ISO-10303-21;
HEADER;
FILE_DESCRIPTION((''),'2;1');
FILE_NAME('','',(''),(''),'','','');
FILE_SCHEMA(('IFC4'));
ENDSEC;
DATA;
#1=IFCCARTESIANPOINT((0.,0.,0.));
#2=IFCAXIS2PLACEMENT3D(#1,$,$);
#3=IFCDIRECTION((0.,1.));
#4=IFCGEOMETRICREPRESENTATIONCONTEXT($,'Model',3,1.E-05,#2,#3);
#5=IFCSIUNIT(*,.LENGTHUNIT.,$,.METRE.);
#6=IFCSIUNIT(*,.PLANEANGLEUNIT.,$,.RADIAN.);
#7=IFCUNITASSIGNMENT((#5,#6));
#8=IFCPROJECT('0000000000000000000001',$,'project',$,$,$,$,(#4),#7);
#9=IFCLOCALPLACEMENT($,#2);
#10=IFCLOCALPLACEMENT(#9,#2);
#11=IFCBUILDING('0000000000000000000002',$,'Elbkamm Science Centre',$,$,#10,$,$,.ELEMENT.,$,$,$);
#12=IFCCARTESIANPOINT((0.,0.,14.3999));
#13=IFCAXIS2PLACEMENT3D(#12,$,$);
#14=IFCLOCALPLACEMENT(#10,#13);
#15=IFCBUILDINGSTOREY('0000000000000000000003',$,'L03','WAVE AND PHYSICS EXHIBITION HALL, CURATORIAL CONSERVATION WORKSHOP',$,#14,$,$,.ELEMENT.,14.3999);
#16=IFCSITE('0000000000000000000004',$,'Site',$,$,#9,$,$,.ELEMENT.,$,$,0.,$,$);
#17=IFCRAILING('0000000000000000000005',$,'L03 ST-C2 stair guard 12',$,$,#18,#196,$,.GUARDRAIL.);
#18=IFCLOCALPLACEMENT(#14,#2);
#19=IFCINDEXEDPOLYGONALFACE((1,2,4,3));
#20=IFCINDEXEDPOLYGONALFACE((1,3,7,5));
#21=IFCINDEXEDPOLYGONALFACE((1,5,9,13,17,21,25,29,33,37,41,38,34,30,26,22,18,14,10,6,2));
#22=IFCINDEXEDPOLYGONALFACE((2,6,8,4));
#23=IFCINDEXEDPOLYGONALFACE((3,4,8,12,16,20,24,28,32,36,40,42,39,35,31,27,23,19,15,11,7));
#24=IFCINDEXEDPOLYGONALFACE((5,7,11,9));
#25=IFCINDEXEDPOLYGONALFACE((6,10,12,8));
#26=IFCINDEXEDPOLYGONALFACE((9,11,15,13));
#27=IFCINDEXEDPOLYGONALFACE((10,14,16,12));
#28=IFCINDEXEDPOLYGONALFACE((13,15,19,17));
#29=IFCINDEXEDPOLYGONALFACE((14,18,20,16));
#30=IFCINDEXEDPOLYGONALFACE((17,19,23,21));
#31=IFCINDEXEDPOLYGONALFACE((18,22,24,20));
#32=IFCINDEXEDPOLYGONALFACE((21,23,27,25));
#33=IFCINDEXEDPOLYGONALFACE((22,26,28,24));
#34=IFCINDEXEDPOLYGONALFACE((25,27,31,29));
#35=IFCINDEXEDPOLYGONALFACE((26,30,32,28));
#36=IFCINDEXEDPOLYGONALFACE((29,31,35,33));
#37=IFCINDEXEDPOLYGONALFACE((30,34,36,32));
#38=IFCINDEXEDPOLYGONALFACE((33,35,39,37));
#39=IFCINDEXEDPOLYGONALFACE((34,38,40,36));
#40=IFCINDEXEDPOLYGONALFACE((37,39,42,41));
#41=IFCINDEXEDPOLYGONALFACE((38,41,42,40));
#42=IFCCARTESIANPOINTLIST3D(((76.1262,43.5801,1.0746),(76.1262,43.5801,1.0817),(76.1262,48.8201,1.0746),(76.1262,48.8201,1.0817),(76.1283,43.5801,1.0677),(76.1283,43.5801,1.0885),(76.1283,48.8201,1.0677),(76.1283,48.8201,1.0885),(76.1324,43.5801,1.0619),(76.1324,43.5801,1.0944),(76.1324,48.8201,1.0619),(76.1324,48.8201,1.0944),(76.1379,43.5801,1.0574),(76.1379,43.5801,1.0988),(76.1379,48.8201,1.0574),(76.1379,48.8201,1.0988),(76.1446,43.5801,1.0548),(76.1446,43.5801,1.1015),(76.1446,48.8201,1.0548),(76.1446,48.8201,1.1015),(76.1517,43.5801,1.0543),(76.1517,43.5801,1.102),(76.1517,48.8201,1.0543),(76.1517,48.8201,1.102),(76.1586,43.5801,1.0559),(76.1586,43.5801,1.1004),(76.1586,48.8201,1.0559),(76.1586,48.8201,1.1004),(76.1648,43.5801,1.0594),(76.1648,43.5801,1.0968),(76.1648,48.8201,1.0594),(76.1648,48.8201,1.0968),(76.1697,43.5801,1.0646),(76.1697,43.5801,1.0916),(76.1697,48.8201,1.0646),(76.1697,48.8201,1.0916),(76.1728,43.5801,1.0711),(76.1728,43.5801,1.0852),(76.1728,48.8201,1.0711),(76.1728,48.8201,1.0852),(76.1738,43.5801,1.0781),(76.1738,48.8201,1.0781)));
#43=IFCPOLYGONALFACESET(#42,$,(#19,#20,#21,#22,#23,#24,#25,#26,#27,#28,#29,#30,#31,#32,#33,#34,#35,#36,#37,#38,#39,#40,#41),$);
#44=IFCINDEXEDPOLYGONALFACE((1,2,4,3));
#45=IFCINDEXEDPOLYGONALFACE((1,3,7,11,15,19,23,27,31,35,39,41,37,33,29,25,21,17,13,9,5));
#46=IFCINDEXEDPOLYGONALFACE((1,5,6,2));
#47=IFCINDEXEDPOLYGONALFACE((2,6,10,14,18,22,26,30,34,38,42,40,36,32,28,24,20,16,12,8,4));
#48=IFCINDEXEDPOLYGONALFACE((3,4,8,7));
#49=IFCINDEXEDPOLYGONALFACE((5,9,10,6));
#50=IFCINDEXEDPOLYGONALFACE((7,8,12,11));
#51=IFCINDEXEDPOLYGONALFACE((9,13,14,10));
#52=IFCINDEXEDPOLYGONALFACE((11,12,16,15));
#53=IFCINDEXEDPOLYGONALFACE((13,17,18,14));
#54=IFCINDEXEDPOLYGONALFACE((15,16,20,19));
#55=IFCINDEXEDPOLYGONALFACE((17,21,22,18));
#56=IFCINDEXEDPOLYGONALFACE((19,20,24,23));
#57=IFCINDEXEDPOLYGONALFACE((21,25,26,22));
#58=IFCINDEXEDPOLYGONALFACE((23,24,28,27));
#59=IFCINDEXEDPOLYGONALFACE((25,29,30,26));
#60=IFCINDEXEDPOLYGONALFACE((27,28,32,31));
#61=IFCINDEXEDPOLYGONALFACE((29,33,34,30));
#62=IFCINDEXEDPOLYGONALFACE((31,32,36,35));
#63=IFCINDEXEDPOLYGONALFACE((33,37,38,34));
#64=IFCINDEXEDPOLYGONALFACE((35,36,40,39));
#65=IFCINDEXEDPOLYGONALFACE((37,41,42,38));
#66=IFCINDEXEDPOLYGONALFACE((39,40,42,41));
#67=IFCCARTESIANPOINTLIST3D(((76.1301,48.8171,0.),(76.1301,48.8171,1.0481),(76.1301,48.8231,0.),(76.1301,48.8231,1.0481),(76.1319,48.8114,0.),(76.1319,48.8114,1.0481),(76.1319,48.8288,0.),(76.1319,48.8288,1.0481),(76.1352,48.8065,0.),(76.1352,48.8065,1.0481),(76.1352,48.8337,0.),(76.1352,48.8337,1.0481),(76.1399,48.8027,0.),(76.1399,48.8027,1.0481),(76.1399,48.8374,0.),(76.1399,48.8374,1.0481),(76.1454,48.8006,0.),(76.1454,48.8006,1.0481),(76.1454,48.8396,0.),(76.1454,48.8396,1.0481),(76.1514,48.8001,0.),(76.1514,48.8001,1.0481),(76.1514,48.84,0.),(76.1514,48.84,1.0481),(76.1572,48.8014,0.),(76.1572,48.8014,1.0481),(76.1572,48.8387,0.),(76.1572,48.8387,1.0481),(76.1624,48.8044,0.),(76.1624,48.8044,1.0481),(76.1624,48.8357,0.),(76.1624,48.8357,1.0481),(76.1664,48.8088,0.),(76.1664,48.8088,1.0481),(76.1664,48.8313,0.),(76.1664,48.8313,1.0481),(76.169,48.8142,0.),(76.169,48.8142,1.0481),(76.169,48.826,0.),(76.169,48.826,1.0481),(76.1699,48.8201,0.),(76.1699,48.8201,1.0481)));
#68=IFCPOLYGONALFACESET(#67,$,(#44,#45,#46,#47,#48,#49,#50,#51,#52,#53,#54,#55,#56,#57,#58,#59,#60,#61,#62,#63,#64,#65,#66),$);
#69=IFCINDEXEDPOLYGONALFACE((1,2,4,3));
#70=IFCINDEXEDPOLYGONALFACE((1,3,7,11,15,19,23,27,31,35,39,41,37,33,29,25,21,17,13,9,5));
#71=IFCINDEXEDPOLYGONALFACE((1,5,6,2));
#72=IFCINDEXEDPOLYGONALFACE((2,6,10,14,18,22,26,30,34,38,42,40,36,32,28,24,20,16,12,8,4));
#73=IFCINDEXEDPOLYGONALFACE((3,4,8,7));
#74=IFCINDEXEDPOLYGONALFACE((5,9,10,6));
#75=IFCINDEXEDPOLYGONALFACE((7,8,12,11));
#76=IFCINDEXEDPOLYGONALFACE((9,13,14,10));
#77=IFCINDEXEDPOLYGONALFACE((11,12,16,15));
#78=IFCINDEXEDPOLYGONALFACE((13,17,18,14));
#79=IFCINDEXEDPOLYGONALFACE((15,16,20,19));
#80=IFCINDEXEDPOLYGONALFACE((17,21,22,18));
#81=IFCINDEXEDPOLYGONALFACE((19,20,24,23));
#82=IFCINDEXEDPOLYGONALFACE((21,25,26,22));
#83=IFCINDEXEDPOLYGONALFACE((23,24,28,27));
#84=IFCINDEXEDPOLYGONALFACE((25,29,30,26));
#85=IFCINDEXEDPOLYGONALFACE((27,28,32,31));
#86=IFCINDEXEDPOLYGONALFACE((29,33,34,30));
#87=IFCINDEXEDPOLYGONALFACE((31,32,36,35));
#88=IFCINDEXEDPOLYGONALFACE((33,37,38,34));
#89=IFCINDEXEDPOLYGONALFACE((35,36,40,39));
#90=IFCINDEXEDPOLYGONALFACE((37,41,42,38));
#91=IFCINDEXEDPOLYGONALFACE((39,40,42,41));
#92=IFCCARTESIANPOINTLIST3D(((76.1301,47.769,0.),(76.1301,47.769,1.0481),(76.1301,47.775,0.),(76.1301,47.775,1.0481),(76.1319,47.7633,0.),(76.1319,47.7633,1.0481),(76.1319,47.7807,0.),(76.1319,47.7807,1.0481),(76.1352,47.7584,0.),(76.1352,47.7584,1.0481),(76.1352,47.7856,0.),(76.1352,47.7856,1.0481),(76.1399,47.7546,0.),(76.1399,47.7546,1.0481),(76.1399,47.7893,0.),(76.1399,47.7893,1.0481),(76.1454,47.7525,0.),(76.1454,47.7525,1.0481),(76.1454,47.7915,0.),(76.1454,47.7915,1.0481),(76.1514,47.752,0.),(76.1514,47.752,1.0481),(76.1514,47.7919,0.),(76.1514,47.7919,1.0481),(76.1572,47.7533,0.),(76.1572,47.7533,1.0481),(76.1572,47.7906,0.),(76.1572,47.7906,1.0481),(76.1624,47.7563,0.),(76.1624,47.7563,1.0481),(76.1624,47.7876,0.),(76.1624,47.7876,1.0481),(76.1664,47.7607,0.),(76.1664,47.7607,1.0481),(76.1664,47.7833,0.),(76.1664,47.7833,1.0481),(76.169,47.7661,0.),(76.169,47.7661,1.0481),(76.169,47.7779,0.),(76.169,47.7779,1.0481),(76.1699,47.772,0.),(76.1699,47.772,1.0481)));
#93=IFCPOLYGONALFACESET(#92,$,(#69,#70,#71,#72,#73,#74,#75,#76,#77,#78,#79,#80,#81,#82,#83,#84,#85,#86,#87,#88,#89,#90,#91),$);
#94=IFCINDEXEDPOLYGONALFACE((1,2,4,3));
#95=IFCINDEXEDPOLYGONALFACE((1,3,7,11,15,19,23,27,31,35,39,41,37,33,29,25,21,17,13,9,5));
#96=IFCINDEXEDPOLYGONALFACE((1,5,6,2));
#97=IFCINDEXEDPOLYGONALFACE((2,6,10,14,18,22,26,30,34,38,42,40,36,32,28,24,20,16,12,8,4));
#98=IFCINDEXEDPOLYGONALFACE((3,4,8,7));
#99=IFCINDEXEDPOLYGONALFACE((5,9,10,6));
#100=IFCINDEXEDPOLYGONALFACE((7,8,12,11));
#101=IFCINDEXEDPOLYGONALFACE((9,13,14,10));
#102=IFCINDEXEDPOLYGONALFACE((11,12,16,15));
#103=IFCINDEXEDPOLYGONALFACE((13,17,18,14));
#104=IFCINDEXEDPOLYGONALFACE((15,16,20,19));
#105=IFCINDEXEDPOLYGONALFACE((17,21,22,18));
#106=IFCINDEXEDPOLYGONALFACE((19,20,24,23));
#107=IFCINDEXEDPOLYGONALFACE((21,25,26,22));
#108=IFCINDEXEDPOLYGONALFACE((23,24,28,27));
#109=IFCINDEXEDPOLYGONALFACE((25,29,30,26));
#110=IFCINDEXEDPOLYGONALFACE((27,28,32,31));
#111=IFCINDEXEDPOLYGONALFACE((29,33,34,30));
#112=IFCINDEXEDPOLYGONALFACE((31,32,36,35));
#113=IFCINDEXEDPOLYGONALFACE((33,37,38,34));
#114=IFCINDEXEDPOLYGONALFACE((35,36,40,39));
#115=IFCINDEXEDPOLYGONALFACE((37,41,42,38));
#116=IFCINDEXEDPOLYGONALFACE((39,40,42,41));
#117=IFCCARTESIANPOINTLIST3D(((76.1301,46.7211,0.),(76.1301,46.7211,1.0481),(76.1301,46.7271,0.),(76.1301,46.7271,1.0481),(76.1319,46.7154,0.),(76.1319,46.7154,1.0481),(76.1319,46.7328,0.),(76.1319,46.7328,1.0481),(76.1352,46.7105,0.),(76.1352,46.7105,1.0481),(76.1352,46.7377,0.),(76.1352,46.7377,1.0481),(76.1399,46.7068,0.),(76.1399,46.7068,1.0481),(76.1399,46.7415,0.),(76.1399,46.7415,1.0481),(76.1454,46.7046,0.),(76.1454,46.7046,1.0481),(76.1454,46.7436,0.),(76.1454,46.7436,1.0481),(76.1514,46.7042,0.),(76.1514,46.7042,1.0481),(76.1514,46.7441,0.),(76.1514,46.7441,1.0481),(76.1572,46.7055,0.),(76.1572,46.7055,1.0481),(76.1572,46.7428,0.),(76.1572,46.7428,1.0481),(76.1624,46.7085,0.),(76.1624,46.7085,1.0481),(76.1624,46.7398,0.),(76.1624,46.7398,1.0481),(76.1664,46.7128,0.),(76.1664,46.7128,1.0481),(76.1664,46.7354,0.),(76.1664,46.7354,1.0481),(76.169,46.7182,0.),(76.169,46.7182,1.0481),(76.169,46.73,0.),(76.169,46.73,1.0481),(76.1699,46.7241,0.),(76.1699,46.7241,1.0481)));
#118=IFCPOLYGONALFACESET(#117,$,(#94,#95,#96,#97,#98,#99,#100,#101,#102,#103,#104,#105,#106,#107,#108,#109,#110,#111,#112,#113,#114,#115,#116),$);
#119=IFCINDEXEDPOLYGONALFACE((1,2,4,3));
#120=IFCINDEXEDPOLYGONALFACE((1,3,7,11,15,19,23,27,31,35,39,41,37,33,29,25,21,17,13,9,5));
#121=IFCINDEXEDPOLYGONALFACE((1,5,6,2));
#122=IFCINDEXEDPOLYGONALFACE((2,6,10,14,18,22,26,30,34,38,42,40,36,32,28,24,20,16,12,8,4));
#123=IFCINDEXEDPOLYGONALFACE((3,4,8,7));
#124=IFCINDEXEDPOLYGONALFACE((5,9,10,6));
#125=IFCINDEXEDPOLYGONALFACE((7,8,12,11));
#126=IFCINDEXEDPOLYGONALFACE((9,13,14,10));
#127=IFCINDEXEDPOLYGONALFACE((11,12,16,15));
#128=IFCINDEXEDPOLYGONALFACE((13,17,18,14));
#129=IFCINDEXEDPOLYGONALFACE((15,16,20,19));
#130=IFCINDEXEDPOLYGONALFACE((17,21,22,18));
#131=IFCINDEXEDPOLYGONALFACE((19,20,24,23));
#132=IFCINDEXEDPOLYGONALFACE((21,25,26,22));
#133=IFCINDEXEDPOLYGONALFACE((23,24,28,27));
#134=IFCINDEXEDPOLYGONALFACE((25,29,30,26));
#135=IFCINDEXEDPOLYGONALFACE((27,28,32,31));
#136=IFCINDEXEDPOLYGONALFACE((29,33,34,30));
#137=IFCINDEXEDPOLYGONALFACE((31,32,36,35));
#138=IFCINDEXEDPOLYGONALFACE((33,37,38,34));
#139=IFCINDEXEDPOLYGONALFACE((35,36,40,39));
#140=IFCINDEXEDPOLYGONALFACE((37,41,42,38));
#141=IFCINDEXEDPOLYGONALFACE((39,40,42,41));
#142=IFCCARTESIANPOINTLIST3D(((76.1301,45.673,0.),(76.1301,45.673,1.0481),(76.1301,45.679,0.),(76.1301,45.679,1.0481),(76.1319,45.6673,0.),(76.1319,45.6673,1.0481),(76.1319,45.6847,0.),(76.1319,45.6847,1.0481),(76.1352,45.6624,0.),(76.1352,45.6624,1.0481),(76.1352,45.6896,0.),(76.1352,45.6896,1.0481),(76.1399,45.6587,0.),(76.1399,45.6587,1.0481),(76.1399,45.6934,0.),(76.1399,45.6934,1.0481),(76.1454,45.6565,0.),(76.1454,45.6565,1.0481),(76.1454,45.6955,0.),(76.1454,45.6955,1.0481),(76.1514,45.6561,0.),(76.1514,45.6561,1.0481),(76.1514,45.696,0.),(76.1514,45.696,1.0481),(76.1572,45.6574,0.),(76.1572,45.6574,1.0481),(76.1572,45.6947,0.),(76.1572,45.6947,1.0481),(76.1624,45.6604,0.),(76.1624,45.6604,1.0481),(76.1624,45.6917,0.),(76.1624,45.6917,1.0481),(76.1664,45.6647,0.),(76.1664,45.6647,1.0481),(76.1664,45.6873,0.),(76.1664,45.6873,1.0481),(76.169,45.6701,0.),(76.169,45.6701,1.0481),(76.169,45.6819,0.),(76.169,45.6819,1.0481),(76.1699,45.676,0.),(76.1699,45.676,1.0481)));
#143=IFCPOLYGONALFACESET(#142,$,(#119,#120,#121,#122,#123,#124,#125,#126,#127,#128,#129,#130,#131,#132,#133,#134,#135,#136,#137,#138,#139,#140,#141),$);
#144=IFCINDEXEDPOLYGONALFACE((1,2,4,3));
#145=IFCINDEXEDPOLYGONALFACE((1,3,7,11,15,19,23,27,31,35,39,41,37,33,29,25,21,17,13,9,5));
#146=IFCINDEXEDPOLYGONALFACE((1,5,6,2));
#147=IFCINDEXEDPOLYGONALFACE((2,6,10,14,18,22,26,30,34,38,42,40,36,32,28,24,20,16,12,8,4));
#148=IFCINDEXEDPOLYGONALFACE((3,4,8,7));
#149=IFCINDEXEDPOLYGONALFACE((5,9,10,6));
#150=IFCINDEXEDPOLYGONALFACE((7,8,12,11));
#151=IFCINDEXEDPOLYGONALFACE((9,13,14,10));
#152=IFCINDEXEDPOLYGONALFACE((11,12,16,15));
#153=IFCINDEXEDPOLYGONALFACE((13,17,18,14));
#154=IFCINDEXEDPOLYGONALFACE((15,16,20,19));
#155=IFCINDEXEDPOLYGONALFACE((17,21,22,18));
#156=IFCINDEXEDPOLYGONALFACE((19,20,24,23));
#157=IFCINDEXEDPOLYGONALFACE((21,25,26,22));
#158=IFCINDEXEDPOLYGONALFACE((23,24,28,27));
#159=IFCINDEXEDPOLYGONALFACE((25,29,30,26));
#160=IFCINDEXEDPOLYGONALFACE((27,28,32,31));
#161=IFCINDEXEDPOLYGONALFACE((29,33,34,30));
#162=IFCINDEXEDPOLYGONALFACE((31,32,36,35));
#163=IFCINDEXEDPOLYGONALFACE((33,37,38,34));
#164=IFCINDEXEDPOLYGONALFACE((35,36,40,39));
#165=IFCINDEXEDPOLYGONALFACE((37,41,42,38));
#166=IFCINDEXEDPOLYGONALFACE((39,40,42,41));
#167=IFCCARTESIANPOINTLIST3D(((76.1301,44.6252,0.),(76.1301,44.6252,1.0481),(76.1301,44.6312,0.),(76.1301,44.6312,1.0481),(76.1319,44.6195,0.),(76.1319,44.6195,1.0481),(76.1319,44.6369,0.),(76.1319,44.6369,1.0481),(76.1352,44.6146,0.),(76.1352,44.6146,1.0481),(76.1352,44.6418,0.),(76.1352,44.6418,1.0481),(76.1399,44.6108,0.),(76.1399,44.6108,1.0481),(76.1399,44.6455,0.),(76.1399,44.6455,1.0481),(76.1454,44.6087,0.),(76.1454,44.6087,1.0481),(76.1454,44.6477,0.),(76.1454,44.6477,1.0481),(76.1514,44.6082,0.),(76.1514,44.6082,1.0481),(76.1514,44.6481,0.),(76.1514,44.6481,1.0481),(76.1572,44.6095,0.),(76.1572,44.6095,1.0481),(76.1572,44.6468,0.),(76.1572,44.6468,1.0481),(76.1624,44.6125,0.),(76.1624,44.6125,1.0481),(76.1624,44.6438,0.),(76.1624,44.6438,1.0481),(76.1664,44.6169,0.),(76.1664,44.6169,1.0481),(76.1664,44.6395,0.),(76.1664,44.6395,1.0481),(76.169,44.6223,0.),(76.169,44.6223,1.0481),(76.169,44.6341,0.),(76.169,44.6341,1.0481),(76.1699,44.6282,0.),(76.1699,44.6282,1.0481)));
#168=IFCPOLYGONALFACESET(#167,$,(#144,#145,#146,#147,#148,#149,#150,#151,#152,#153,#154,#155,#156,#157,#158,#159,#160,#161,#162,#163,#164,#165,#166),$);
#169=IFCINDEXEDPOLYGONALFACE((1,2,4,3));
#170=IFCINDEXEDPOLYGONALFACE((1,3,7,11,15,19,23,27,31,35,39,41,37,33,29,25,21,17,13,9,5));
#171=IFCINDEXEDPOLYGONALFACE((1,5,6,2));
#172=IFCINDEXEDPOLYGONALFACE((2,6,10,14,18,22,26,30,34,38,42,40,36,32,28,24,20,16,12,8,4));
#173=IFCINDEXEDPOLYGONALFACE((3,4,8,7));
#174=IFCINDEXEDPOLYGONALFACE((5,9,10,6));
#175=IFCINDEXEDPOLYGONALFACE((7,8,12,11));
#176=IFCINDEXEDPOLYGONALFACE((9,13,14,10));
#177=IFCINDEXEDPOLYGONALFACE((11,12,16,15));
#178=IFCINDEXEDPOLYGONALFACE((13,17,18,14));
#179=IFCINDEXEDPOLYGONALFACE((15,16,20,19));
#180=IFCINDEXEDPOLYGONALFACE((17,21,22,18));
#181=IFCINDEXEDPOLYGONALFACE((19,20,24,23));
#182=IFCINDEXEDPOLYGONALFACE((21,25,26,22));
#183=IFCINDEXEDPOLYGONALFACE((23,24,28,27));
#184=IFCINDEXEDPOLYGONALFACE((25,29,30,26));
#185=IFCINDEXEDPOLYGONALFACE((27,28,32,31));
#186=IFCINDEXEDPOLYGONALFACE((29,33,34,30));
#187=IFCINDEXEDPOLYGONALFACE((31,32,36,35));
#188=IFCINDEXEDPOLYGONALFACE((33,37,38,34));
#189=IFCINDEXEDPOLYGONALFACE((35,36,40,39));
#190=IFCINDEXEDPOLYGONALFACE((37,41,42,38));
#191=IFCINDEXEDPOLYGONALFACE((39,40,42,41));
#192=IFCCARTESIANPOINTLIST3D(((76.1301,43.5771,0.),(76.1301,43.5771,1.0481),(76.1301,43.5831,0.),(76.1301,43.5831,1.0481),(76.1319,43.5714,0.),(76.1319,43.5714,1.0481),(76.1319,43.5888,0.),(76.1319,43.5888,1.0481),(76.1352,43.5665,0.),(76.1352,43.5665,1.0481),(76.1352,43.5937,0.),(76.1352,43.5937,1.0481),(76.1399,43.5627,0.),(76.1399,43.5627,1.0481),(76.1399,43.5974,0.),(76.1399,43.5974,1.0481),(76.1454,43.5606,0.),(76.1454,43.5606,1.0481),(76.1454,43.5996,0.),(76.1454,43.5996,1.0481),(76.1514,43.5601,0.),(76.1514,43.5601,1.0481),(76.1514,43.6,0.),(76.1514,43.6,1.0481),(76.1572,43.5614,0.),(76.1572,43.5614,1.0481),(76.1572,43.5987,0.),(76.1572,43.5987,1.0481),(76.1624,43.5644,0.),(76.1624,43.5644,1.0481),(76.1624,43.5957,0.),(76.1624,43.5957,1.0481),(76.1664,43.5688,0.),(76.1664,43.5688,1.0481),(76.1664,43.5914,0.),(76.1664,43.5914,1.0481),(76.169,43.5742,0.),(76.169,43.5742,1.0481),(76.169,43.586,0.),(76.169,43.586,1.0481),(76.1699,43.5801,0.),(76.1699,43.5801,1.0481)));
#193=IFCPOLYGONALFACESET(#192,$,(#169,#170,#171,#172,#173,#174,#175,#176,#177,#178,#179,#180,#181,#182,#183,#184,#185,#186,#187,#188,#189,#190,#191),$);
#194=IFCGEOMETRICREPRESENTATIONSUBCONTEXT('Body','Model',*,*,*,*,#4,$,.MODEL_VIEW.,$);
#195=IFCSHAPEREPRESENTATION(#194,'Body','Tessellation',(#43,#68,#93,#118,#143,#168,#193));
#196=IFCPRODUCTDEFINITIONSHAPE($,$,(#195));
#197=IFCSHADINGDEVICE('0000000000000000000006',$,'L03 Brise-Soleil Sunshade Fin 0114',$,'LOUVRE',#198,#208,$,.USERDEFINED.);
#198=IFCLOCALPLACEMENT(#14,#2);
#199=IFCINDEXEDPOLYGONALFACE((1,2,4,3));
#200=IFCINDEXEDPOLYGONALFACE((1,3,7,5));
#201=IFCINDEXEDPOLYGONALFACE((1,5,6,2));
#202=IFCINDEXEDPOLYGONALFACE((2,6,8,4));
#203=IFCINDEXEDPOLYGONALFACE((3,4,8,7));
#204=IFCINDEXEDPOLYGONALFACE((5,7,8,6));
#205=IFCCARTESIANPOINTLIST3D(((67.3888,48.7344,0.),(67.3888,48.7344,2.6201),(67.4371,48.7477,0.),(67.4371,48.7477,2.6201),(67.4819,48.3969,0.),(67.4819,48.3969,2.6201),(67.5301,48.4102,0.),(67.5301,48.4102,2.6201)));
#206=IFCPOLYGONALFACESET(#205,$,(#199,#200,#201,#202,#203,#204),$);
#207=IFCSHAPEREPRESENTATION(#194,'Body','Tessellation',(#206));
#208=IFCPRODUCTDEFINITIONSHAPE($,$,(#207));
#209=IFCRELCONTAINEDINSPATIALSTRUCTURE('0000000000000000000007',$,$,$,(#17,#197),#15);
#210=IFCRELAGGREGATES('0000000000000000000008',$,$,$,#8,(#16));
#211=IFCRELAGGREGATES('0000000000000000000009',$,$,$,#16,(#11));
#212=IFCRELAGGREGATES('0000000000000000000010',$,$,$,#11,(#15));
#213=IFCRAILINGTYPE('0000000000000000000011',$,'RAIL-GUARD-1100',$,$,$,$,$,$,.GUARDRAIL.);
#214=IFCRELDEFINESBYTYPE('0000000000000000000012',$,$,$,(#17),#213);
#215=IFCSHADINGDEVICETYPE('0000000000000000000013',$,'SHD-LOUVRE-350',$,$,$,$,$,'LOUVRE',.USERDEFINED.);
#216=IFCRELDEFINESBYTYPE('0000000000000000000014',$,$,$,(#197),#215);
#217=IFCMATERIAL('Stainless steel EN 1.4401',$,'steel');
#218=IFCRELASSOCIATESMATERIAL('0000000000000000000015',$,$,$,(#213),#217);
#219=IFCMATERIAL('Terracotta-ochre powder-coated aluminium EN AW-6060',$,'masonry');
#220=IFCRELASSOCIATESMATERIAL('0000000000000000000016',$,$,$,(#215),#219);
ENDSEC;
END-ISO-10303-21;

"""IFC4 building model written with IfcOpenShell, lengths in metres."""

from ifc_helpers import new_model, si_unit, direction, frame, origin, origin_2d, place, context, subcontext, project, spatial, rectangle, circle, extrude, material, type_object, element, save


model = new_model("IFC4")

# Units and contexts
model_context = context("Model", 3, precision=1e-05, world=origin(), true_north=direction((0.0, 1.0)))
body_context = subcontext(model_context, "Body", "Model", "MODEL_VIEW")
ifc_project = project(units=[si_unit("LENGTHUNIT", "METRE"), si_unit("PLANEANGLEUNIT", "RADIAN")], contexts=[model_context])

# Site, building, storey
site_placement = place(None, origin())
site = spatial("IfcSite", under=ifc_project, at=site_placement, Name="Site", CompositionType="ELEMENT", RefElevation=0.0)
building_placement = place(site_placement, origin())
building = spatial("IfcBuilding", under=site, at=building_placement, Name="Elbkamm Science Centre", CompositionType="ELEMENT")
storey_placement = place(building_placement, frame((0.0, 0.0, 14.3999)))
storey = spatial("IfcBuildingStorey", under=building, at=storey_placement, Name="L03", Description="WAVE AND PHYSICS EXHIBITION HALL, CURATORIAL CONSERVATION WORKSHOP", CompositionType="ELEMENT", Elevation=14.3999)

# Railing
ifc_material_1 = material(Name="Stainless steel EN 1.4401", Category="steel")
railing_type = type_object("IfcRailingType", Name="RAIL-GUARD-1100", PredefinedType="GUARDRAIL", material=ifc_material_1)
railing_1_placement = place(storey_placement, frame((76.1499, 48.8201, 0.0)))
element("IfcRailing", 1, at=railing_1_placement, inside=storey, type_object=railing_type, Name="L03 ST-C2 stair guard 12", PredefinedType="GUARDRAIL", context=body_context, shape_type="SweptSolid", body=[
    extrude(circle(Radius=0.0239, at=origin_2d()), frame((0.0, 0.0, 1.0781), z_axis=(0.0, -1.0, 0.0), x_axis=(1.0, 0.0, 0.0)), (0.0, 0.0, 1.0), 5.24),
    extrude(circle(Radius=0.02, at=origin_2d()), origin(), (0.0, 0.0, 1.0), 1.0481),
    extrude(circle(Radius=0.02, at=origin_2d()), frame((0.0, -1.0481, 0.0)), (0.0, 0.0, 1.0), 1.0481),
    extrude(circle(Radius=0.02, at=origin_2d()), frame((0.0, -2.0959, 0.0)), (0.0, 0.0, 1.0), 1.0481),
    extrude(circle(Radius=0.02, at=origin_2d()), frame((0.0, -3.144, 0.0)), (0.0, 0.0, 1.0), 1.0481),
    extrude(circle(Radius=0.02, at=origin_2d()), frame((0.0, -4.1919, 0.0)), (0.0, 0.0, 1.0), 1.0481),
    extrude(circle(Radius=0.02, at=origin_2d()), frame((0.0, -5.24, 0.0)), (0.0, 0.0, 1.0), 1.0481),
])

# Shading device
ifc_material_2 = material(Name="Terracotta-ochre powder-coated aluminium EN AW-6060", Category="masonry")
shading_device_type = type_object("IfcShadingDeviceType", Name="SHD-LOUVRE-350", ElementType="LOUVRE", PredefinedType="USERDEFINED", material=ifc_material_2)
for number, where, z_axis, x_axis, name in (
    (2, (67.4595, 48.5723, 0.0), (0.0, 0.0, 1.0), (0.265729, -0.964048, 0.0), "L03 Brise-Soleil Sunshade Fin 0114"),
):
    element("IfcShadingDevice", number, at=place(storey_placement, frame(where, z_axis=z_axis, x_axis=x_axis)), inside=storey, type_object=shading_device_type, Name=name, ObjectType="LOUVRE", PredefinedType="USERDEFINED", context=body_context, shape_type="SweptSolid", body=[
        extrude(rectangle(XDim=0.3501, YDim=0.05, at=origin_2d()), origin(), (0.0, 0.0, 1.0), 2.6201),
    ])

save(model, "model.ifc")
